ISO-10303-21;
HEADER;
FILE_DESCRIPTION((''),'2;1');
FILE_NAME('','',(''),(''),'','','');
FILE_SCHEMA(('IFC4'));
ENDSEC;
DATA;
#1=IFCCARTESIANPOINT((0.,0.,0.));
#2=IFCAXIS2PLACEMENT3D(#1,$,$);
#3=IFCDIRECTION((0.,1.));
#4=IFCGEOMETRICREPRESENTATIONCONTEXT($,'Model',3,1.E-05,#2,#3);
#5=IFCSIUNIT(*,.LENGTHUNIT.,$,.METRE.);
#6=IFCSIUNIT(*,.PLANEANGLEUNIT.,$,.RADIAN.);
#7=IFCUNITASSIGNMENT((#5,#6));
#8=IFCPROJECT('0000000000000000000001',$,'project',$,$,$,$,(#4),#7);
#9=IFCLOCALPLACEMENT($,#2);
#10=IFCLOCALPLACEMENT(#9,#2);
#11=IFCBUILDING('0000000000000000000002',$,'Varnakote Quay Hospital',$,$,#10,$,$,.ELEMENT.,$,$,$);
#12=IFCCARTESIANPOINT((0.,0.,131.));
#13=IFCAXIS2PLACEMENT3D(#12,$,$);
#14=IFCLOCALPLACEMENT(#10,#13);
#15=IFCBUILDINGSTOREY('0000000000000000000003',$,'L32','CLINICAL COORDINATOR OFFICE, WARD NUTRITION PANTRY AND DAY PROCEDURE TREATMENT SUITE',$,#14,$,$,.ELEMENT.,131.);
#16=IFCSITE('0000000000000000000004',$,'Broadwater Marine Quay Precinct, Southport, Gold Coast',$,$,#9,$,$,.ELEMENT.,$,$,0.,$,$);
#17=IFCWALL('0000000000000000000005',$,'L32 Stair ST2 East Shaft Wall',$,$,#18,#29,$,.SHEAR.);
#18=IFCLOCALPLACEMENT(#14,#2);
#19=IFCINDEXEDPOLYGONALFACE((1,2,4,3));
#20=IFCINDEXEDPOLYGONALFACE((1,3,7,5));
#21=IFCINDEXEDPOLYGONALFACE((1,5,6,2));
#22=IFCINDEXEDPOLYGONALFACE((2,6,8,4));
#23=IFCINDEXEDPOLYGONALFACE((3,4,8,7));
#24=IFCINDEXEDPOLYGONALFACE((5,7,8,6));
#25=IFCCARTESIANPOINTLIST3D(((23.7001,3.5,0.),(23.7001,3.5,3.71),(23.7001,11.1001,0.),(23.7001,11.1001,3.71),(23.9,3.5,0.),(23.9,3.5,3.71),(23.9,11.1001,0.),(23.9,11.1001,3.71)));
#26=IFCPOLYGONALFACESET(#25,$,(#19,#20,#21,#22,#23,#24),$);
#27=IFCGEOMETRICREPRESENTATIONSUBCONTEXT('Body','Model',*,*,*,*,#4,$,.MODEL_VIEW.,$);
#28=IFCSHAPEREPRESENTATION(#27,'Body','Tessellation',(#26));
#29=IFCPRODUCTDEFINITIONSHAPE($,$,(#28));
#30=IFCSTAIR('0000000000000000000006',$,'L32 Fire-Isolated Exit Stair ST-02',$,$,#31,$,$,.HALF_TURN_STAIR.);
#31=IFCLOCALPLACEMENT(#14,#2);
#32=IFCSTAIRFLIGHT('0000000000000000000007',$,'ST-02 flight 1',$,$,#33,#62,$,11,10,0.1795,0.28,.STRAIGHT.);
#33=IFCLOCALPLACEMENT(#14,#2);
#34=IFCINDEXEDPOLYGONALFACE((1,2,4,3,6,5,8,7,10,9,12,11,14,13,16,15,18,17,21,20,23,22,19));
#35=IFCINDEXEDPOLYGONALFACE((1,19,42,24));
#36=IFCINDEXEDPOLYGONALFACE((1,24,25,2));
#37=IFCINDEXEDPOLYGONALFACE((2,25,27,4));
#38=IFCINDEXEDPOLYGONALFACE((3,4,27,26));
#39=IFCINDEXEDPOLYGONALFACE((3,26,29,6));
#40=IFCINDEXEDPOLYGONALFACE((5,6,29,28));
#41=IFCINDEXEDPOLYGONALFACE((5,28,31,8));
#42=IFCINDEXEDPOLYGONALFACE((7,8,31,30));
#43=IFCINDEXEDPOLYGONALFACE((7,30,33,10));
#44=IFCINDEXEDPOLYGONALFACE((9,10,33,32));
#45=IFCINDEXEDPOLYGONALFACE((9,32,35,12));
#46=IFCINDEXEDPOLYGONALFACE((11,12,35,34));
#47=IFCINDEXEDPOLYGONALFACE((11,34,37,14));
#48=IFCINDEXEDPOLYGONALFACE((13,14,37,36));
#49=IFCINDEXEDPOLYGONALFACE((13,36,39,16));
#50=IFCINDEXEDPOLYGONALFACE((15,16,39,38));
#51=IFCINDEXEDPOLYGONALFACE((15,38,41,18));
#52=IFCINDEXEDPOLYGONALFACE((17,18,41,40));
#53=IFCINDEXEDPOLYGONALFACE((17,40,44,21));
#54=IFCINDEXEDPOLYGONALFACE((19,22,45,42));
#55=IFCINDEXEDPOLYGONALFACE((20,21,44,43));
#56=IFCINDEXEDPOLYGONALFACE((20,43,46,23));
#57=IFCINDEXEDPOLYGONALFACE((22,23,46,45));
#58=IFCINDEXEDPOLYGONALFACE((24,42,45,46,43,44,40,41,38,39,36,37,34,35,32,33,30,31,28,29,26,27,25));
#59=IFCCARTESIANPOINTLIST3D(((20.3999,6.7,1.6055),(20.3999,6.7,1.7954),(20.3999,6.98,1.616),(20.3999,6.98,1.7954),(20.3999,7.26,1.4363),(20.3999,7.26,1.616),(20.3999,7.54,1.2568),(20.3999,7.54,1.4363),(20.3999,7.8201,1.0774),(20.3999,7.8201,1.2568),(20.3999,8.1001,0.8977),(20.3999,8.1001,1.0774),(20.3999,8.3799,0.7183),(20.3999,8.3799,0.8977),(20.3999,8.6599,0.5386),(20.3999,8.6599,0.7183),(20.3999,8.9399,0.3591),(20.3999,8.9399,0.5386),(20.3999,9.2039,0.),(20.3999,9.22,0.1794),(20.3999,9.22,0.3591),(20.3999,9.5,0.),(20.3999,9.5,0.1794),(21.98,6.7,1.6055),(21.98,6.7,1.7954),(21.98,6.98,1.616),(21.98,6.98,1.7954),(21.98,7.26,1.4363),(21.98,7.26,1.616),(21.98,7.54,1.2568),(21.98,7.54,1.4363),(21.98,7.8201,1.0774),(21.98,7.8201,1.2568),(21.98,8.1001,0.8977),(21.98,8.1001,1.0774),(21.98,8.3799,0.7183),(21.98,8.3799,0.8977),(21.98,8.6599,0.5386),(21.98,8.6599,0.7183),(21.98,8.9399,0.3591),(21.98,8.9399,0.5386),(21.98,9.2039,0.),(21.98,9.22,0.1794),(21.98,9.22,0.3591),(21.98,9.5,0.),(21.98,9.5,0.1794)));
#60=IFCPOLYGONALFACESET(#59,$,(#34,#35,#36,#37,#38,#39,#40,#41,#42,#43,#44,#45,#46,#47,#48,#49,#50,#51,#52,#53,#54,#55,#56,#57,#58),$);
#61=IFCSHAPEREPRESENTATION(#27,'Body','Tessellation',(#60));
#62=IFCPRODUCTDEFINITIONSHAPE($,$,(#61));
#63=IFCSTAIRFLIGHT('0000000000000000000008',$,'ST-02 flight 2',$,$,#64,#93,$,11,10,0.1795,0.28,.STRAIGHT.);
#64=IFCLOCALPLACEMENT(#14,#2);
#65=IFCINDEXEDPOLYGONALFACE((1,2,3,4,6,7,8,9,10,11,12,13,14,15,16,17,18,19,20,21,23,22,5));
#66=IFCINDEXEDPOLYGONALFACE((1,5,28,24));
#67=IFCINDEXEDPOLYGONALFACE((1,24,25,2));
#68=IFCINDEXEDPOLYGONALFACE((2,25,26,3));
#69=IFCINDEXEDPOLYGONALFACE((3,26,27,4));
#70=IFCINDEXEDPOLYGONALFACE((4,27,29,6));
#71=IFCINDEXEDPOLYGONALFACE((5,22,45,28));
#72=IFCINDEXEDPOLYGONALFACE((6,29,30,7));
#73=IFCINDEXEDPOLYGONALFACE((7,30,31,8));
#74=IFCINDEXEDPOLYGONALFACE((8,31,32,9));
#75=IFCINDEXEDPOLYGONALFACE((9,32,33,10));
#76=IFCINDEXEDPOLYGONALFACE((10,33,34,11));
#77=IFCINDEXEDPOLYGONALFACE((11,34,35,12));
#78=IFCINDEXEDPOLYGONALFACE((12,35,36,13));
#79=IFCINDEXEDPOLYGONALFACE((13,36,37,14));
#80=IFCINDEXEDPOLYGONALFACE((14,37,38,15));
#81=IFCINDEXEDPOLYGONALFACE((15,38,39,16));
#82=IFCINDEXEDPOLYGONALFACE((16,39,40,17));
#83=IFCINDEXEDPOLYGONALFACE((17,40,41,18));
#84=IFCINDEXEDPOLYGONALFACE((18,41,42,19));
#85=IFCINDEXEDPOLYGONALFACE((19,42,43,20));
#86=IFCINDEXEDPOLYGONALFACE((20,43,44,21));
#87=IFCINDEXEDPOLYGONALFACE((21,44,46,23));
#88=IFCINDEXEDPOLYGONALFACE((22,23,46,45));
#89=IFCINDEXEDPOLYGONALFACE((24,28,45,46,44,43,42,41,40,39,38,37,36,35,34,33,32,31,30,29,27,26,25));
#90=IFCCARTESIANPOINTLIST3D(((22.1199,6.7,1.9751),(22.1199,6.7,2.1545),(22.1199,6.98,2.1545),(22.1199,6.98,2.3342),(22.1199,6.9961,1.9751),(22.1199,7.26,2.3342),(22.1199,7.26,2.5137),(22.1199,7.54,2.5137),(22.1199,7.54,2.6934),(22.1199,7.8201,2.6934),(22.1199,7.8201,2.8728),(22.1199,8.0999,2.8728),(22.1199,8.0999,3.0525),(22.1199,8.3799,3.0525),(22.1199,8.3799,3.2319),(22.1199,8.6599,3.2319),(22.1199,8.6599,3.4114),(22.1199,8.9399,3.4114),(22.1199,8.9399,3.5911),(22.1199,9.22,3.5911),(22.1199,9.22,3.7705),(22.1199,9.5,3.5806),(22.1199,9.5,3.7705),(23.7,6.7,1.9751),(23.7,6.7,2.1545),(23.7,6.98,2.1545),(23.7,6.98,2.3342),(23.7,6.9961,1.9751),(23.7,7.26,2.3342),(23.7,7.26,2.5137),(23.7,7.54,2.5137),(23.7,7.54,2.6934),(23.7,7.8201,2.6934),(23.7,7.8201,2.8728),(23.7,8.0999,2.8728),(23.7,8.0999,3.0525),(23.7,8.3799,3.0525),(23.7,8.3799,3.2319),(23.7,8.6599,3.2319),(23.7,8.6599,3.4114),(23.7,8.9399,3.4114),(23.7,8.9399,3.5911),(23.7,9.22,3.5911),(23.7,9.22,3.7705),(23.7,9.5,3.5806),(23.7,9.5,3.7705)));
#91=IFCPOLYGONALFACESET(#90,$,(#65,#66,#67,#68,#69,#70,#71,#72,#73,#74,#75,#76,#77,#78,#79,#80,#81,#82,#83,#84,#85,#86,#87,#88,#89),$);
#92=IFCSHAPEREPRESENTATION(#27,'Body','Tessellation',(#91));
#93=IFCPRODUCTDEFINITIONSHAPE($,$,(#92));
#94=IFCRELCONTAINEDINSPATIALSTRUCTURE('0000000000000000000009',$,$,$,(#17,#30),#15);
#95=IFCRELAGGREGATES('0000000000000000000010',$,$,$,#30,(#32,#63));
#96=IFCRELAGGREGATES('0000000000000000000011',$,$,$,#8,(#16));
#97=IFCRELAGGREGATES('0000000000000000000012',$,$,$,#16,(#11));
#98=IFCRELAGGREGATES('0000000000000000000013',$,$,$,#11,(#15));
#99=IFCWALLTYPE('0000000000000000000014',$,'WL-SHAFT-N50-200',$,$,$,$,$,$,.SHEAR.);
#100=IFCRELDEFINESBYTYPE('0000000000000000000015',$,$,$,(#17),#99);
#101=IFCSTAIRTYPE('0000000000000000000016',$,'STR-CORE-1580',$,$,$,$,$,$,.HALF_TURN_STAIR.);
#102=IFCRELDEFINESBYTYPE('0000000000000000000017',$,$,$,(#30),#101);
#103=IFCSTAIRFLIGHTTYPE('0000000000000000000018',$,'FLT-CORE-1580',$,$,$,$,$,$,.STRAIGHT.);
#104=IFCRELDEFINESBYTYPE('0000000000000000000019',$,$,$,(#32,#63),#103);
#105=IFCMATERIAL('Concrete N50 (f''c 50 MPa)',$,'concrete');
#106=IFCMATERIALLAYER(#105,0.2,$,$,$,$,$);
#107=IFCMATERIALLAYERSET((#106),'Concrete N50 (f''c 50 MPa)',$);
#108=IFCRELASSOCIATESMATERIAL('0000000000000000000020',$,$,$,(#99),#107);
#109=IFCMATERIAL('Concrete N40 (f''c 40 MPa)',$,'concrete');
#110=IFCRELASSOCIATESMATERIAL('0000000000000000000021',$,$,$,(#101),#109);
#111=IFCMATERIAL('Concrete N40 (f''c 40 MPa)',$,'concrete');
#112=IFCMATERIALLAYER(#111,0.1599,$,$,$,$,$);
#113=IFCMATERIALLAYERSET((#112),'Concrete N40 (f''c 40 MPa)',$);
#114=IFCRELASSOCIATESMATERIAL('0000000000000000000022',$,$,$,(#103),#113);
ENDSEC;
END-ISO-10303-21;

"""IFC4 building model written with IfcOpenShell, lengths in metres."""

from ifc_helpers import new_model, si_unit, direction, frame, frame_2d, origin, place, context, subcontext, project, spatial, polyline, rectangle, outline, extrude, material, layer, layer_set, type_object, element, aggregate, save


model = new_model("IFC4")

# Units and contexts
model_context = context("Model", 3, precision=1e-05, world=origin(), true_north=direction((0.0, 1.0)))
body_context = subcontext(model_context, "Body", "Model", "MODEL_VIEW")
ifc_project = project(units=[si_unit("LENGTHUNIT", "METRE"), si_unit("PLANEANGLEUNIT", "RADIAN")], contexts=[model_context])

# Site, building, storey
site_placement = place(None, origin())
site = spatial("IfcSite", under=ifc_project, at=site_placement, Name="Broadwater Marine Quay Precinct, Southport, Gold Coast", CompositionType="ELEMENT", RefElevation=0.0)
building_placement = place(site_placement, origin())
building = spatial("IfcBuilding", under=site, at=building_placement, Name="Varnakote Quay Hospital", CompositionType="ELEMENT")
storey_placement = place(building_placement, frame((0.0, 0.0, 131.0)))
storey = spatial("IfcBuildingStorey", under=building, at=storey_placement, Name="L32", Description="CLINICAL COORDINATOR OFFICE, WARD NUTRITION PANTRY AND DAY PROCEDURE TREATMENT SUITE", CompositionType="ELEMENT", Elevation=131.0)

# Wall
ifc_material_1 = material(Name="Concrete N50 (f'c 50 MPa)", Category="concrete")
ifc_layer_1 = layer(ifc_material_1, 0.2)
ifc_layer_set_1 = layer_set([ifc_layer_1], Name="Concrete N50 (f'c 50 MPa)")
wall_type_1 = type_object("IfcWallType", Name="WL-SHAFT-N50-200", PredefinedType="SHEAR", material=ifc_layer_set_1)
for number, where, z_axis, x_axis, name in (
    (1, (23.8, 3.5, 0.0), (0.0, 0.0, 1.0), (0.0, 1.0, 0.0), "L32 Stair ST2 East Shaft Wall"),
):
    element("IfcWall", number, at=place(storey_placement, frame(where, z_axis=z_axis, x_axis=x_axis)), inside=storey, type_object=wall_type_1, Name=name, PredefinedType="SHEAR", context=body_context, shape_type="SweptSolid", body=[
        extrude(rectangle(XDim=7.6001, YDim=0.2, at=frame_2d((3.8, 0.0))), origin(), (0.0, 0.0, 1.0), 3.71),
    ])

# Stair, stair flights
ifc_material_2 = material(Name="Concrete N40 (f'c 40 MPa)", Category="concrete")
stair_type = type_object("IfcStairType", Name="STR-CORE-1580", PredefinedType="HALF_TURN_STAIR", material=ifc_material_2)
stair_placement = place(storey_placement, origin())
stair = element("IfcStair", 2, at=stair_placement, inside=storey, type_object=stair_type, Name="L32 Fire-Isolated Exit Stair ST-02", PredefinedType="HALF_TURN_STAIR")
ifc_material_3 = material(Name="Concrete N40 (f'c 40 MPa)", Category="concrete")
ifc_layer_2 = layer(ifc_material_3, 0.1599)
ifc_layer_set_2 = layer_set([ifc_layer_2], Name="Concrete N40 (f'c 40 MPa)")
stair_flight_type = type_object("IfcStairFlightType", Name="FLT-CORE-1580", PredefinedType="STRAIGHT", material=ifc_layer_set_2)
stair_flight_1_placement = place(storey_placement, frame((21.1899, 9.5, 0.0), z_axis=(0.0, 0.0, 1.0), x_axis=(0.0, -1.0, 0.0)))
stair_flight_1 = element("IfcStairFlight", 3, at=stair_flight_1_placement, type_object=stair_flight_type, Name="ST-02 flight 1", NumberOfRisers=11, NumberOfTreads=10, PredefinedType="STRAIGHT", RiserHeight=0.1795, TreadLength=0.28, context=body_context, shape_type="SweptSolid", body=[
    extrude(outline(polyline([(0.0, 0.0), (0.0, 0.1794), (0.28, 0.1794), (0.28, 0.3591), (0.5601, 0.3591), (0.5601, 0.5386), (0.8401, 0.5386), (0.8401, 0.7183), (1.1201, 0.7183), (1.1201, 0.8977), (1.3999, 0.8977), (1.3999, 1.0774), (1.6799, 1.0774), (1.6799, 1.2568), (1.96, 1.2568), (1.96, 1.4363), (2.24, 1.4363), (2.24, 1.616), (2.52, 1.616), (2.52, 1.7954), (2.8, 1.7954), (2.8, 1.9751), (2.8, 1.6055), (0.2961, 0.0), (0.0, 0.0)])), frame((0.0, 0.79, 0.0), z_axis=(0.0, -1.0, 0.0), x_axis=(1.0, 0.0, 0.0)), (0.0, 0.0, 1.0), 1.5801),
])
stair_flight_2_placement = place(storey_placement, frame((22.9099, 6.7, 1.9751), z_axis=(0.0, 0.0, 1.0), x_axis=(0.0, 1.0, 0.0)))
stair_flight_2 = element("IfcStairFlight", 4, at=stair_flight_2_placement, type_object=stair_flight_type, Name="ST-02 flight 2", NumberOfRisers=11, NumberOfTreads=10, PredefinedType="STRAIGHT", RiserHeight=0.1795, TreadLength=0.28, context=body_context, shape_type="SweptSolid", body=[
    extrude(outline(polyline([(0.0, 0.0), (0.0, 0.1794), (0.28, 0.1794), (0.28, 0.3591), (0.5601, 0.3591), (0.5601, 0.5386), (0.8401, 0.5386), (0.8401, 0.7183), (1.1201, 0.7183), (1.1201, 0.8977), (1.3999, 0.8977), (1.3999, 1.0774), (1.6799, 1.0774), (1.6799, 1.2568), (1.96, 1.2568), (1.96, 1.4363), (2.24, 1.4363), (2.24, 1.616), (2.52, 1.616), (2.52, 1.7954), (2.8, 1.7954), (2.8, 1.9751), (2.8, 1.6055), (0.2961, 0.0), (0.0, 0.0)])), frame((0.0, 0.79, 0.0), z_axis=(0.0, -1.0, 0.0), x_axis=(1.0, 0.0, 0.0)), (0.0, 0.0, 1.0), 1.5801),
])
aggregate(stair, [stair_flight_1, stair_flight_2])

save(model, "model.ifc")
